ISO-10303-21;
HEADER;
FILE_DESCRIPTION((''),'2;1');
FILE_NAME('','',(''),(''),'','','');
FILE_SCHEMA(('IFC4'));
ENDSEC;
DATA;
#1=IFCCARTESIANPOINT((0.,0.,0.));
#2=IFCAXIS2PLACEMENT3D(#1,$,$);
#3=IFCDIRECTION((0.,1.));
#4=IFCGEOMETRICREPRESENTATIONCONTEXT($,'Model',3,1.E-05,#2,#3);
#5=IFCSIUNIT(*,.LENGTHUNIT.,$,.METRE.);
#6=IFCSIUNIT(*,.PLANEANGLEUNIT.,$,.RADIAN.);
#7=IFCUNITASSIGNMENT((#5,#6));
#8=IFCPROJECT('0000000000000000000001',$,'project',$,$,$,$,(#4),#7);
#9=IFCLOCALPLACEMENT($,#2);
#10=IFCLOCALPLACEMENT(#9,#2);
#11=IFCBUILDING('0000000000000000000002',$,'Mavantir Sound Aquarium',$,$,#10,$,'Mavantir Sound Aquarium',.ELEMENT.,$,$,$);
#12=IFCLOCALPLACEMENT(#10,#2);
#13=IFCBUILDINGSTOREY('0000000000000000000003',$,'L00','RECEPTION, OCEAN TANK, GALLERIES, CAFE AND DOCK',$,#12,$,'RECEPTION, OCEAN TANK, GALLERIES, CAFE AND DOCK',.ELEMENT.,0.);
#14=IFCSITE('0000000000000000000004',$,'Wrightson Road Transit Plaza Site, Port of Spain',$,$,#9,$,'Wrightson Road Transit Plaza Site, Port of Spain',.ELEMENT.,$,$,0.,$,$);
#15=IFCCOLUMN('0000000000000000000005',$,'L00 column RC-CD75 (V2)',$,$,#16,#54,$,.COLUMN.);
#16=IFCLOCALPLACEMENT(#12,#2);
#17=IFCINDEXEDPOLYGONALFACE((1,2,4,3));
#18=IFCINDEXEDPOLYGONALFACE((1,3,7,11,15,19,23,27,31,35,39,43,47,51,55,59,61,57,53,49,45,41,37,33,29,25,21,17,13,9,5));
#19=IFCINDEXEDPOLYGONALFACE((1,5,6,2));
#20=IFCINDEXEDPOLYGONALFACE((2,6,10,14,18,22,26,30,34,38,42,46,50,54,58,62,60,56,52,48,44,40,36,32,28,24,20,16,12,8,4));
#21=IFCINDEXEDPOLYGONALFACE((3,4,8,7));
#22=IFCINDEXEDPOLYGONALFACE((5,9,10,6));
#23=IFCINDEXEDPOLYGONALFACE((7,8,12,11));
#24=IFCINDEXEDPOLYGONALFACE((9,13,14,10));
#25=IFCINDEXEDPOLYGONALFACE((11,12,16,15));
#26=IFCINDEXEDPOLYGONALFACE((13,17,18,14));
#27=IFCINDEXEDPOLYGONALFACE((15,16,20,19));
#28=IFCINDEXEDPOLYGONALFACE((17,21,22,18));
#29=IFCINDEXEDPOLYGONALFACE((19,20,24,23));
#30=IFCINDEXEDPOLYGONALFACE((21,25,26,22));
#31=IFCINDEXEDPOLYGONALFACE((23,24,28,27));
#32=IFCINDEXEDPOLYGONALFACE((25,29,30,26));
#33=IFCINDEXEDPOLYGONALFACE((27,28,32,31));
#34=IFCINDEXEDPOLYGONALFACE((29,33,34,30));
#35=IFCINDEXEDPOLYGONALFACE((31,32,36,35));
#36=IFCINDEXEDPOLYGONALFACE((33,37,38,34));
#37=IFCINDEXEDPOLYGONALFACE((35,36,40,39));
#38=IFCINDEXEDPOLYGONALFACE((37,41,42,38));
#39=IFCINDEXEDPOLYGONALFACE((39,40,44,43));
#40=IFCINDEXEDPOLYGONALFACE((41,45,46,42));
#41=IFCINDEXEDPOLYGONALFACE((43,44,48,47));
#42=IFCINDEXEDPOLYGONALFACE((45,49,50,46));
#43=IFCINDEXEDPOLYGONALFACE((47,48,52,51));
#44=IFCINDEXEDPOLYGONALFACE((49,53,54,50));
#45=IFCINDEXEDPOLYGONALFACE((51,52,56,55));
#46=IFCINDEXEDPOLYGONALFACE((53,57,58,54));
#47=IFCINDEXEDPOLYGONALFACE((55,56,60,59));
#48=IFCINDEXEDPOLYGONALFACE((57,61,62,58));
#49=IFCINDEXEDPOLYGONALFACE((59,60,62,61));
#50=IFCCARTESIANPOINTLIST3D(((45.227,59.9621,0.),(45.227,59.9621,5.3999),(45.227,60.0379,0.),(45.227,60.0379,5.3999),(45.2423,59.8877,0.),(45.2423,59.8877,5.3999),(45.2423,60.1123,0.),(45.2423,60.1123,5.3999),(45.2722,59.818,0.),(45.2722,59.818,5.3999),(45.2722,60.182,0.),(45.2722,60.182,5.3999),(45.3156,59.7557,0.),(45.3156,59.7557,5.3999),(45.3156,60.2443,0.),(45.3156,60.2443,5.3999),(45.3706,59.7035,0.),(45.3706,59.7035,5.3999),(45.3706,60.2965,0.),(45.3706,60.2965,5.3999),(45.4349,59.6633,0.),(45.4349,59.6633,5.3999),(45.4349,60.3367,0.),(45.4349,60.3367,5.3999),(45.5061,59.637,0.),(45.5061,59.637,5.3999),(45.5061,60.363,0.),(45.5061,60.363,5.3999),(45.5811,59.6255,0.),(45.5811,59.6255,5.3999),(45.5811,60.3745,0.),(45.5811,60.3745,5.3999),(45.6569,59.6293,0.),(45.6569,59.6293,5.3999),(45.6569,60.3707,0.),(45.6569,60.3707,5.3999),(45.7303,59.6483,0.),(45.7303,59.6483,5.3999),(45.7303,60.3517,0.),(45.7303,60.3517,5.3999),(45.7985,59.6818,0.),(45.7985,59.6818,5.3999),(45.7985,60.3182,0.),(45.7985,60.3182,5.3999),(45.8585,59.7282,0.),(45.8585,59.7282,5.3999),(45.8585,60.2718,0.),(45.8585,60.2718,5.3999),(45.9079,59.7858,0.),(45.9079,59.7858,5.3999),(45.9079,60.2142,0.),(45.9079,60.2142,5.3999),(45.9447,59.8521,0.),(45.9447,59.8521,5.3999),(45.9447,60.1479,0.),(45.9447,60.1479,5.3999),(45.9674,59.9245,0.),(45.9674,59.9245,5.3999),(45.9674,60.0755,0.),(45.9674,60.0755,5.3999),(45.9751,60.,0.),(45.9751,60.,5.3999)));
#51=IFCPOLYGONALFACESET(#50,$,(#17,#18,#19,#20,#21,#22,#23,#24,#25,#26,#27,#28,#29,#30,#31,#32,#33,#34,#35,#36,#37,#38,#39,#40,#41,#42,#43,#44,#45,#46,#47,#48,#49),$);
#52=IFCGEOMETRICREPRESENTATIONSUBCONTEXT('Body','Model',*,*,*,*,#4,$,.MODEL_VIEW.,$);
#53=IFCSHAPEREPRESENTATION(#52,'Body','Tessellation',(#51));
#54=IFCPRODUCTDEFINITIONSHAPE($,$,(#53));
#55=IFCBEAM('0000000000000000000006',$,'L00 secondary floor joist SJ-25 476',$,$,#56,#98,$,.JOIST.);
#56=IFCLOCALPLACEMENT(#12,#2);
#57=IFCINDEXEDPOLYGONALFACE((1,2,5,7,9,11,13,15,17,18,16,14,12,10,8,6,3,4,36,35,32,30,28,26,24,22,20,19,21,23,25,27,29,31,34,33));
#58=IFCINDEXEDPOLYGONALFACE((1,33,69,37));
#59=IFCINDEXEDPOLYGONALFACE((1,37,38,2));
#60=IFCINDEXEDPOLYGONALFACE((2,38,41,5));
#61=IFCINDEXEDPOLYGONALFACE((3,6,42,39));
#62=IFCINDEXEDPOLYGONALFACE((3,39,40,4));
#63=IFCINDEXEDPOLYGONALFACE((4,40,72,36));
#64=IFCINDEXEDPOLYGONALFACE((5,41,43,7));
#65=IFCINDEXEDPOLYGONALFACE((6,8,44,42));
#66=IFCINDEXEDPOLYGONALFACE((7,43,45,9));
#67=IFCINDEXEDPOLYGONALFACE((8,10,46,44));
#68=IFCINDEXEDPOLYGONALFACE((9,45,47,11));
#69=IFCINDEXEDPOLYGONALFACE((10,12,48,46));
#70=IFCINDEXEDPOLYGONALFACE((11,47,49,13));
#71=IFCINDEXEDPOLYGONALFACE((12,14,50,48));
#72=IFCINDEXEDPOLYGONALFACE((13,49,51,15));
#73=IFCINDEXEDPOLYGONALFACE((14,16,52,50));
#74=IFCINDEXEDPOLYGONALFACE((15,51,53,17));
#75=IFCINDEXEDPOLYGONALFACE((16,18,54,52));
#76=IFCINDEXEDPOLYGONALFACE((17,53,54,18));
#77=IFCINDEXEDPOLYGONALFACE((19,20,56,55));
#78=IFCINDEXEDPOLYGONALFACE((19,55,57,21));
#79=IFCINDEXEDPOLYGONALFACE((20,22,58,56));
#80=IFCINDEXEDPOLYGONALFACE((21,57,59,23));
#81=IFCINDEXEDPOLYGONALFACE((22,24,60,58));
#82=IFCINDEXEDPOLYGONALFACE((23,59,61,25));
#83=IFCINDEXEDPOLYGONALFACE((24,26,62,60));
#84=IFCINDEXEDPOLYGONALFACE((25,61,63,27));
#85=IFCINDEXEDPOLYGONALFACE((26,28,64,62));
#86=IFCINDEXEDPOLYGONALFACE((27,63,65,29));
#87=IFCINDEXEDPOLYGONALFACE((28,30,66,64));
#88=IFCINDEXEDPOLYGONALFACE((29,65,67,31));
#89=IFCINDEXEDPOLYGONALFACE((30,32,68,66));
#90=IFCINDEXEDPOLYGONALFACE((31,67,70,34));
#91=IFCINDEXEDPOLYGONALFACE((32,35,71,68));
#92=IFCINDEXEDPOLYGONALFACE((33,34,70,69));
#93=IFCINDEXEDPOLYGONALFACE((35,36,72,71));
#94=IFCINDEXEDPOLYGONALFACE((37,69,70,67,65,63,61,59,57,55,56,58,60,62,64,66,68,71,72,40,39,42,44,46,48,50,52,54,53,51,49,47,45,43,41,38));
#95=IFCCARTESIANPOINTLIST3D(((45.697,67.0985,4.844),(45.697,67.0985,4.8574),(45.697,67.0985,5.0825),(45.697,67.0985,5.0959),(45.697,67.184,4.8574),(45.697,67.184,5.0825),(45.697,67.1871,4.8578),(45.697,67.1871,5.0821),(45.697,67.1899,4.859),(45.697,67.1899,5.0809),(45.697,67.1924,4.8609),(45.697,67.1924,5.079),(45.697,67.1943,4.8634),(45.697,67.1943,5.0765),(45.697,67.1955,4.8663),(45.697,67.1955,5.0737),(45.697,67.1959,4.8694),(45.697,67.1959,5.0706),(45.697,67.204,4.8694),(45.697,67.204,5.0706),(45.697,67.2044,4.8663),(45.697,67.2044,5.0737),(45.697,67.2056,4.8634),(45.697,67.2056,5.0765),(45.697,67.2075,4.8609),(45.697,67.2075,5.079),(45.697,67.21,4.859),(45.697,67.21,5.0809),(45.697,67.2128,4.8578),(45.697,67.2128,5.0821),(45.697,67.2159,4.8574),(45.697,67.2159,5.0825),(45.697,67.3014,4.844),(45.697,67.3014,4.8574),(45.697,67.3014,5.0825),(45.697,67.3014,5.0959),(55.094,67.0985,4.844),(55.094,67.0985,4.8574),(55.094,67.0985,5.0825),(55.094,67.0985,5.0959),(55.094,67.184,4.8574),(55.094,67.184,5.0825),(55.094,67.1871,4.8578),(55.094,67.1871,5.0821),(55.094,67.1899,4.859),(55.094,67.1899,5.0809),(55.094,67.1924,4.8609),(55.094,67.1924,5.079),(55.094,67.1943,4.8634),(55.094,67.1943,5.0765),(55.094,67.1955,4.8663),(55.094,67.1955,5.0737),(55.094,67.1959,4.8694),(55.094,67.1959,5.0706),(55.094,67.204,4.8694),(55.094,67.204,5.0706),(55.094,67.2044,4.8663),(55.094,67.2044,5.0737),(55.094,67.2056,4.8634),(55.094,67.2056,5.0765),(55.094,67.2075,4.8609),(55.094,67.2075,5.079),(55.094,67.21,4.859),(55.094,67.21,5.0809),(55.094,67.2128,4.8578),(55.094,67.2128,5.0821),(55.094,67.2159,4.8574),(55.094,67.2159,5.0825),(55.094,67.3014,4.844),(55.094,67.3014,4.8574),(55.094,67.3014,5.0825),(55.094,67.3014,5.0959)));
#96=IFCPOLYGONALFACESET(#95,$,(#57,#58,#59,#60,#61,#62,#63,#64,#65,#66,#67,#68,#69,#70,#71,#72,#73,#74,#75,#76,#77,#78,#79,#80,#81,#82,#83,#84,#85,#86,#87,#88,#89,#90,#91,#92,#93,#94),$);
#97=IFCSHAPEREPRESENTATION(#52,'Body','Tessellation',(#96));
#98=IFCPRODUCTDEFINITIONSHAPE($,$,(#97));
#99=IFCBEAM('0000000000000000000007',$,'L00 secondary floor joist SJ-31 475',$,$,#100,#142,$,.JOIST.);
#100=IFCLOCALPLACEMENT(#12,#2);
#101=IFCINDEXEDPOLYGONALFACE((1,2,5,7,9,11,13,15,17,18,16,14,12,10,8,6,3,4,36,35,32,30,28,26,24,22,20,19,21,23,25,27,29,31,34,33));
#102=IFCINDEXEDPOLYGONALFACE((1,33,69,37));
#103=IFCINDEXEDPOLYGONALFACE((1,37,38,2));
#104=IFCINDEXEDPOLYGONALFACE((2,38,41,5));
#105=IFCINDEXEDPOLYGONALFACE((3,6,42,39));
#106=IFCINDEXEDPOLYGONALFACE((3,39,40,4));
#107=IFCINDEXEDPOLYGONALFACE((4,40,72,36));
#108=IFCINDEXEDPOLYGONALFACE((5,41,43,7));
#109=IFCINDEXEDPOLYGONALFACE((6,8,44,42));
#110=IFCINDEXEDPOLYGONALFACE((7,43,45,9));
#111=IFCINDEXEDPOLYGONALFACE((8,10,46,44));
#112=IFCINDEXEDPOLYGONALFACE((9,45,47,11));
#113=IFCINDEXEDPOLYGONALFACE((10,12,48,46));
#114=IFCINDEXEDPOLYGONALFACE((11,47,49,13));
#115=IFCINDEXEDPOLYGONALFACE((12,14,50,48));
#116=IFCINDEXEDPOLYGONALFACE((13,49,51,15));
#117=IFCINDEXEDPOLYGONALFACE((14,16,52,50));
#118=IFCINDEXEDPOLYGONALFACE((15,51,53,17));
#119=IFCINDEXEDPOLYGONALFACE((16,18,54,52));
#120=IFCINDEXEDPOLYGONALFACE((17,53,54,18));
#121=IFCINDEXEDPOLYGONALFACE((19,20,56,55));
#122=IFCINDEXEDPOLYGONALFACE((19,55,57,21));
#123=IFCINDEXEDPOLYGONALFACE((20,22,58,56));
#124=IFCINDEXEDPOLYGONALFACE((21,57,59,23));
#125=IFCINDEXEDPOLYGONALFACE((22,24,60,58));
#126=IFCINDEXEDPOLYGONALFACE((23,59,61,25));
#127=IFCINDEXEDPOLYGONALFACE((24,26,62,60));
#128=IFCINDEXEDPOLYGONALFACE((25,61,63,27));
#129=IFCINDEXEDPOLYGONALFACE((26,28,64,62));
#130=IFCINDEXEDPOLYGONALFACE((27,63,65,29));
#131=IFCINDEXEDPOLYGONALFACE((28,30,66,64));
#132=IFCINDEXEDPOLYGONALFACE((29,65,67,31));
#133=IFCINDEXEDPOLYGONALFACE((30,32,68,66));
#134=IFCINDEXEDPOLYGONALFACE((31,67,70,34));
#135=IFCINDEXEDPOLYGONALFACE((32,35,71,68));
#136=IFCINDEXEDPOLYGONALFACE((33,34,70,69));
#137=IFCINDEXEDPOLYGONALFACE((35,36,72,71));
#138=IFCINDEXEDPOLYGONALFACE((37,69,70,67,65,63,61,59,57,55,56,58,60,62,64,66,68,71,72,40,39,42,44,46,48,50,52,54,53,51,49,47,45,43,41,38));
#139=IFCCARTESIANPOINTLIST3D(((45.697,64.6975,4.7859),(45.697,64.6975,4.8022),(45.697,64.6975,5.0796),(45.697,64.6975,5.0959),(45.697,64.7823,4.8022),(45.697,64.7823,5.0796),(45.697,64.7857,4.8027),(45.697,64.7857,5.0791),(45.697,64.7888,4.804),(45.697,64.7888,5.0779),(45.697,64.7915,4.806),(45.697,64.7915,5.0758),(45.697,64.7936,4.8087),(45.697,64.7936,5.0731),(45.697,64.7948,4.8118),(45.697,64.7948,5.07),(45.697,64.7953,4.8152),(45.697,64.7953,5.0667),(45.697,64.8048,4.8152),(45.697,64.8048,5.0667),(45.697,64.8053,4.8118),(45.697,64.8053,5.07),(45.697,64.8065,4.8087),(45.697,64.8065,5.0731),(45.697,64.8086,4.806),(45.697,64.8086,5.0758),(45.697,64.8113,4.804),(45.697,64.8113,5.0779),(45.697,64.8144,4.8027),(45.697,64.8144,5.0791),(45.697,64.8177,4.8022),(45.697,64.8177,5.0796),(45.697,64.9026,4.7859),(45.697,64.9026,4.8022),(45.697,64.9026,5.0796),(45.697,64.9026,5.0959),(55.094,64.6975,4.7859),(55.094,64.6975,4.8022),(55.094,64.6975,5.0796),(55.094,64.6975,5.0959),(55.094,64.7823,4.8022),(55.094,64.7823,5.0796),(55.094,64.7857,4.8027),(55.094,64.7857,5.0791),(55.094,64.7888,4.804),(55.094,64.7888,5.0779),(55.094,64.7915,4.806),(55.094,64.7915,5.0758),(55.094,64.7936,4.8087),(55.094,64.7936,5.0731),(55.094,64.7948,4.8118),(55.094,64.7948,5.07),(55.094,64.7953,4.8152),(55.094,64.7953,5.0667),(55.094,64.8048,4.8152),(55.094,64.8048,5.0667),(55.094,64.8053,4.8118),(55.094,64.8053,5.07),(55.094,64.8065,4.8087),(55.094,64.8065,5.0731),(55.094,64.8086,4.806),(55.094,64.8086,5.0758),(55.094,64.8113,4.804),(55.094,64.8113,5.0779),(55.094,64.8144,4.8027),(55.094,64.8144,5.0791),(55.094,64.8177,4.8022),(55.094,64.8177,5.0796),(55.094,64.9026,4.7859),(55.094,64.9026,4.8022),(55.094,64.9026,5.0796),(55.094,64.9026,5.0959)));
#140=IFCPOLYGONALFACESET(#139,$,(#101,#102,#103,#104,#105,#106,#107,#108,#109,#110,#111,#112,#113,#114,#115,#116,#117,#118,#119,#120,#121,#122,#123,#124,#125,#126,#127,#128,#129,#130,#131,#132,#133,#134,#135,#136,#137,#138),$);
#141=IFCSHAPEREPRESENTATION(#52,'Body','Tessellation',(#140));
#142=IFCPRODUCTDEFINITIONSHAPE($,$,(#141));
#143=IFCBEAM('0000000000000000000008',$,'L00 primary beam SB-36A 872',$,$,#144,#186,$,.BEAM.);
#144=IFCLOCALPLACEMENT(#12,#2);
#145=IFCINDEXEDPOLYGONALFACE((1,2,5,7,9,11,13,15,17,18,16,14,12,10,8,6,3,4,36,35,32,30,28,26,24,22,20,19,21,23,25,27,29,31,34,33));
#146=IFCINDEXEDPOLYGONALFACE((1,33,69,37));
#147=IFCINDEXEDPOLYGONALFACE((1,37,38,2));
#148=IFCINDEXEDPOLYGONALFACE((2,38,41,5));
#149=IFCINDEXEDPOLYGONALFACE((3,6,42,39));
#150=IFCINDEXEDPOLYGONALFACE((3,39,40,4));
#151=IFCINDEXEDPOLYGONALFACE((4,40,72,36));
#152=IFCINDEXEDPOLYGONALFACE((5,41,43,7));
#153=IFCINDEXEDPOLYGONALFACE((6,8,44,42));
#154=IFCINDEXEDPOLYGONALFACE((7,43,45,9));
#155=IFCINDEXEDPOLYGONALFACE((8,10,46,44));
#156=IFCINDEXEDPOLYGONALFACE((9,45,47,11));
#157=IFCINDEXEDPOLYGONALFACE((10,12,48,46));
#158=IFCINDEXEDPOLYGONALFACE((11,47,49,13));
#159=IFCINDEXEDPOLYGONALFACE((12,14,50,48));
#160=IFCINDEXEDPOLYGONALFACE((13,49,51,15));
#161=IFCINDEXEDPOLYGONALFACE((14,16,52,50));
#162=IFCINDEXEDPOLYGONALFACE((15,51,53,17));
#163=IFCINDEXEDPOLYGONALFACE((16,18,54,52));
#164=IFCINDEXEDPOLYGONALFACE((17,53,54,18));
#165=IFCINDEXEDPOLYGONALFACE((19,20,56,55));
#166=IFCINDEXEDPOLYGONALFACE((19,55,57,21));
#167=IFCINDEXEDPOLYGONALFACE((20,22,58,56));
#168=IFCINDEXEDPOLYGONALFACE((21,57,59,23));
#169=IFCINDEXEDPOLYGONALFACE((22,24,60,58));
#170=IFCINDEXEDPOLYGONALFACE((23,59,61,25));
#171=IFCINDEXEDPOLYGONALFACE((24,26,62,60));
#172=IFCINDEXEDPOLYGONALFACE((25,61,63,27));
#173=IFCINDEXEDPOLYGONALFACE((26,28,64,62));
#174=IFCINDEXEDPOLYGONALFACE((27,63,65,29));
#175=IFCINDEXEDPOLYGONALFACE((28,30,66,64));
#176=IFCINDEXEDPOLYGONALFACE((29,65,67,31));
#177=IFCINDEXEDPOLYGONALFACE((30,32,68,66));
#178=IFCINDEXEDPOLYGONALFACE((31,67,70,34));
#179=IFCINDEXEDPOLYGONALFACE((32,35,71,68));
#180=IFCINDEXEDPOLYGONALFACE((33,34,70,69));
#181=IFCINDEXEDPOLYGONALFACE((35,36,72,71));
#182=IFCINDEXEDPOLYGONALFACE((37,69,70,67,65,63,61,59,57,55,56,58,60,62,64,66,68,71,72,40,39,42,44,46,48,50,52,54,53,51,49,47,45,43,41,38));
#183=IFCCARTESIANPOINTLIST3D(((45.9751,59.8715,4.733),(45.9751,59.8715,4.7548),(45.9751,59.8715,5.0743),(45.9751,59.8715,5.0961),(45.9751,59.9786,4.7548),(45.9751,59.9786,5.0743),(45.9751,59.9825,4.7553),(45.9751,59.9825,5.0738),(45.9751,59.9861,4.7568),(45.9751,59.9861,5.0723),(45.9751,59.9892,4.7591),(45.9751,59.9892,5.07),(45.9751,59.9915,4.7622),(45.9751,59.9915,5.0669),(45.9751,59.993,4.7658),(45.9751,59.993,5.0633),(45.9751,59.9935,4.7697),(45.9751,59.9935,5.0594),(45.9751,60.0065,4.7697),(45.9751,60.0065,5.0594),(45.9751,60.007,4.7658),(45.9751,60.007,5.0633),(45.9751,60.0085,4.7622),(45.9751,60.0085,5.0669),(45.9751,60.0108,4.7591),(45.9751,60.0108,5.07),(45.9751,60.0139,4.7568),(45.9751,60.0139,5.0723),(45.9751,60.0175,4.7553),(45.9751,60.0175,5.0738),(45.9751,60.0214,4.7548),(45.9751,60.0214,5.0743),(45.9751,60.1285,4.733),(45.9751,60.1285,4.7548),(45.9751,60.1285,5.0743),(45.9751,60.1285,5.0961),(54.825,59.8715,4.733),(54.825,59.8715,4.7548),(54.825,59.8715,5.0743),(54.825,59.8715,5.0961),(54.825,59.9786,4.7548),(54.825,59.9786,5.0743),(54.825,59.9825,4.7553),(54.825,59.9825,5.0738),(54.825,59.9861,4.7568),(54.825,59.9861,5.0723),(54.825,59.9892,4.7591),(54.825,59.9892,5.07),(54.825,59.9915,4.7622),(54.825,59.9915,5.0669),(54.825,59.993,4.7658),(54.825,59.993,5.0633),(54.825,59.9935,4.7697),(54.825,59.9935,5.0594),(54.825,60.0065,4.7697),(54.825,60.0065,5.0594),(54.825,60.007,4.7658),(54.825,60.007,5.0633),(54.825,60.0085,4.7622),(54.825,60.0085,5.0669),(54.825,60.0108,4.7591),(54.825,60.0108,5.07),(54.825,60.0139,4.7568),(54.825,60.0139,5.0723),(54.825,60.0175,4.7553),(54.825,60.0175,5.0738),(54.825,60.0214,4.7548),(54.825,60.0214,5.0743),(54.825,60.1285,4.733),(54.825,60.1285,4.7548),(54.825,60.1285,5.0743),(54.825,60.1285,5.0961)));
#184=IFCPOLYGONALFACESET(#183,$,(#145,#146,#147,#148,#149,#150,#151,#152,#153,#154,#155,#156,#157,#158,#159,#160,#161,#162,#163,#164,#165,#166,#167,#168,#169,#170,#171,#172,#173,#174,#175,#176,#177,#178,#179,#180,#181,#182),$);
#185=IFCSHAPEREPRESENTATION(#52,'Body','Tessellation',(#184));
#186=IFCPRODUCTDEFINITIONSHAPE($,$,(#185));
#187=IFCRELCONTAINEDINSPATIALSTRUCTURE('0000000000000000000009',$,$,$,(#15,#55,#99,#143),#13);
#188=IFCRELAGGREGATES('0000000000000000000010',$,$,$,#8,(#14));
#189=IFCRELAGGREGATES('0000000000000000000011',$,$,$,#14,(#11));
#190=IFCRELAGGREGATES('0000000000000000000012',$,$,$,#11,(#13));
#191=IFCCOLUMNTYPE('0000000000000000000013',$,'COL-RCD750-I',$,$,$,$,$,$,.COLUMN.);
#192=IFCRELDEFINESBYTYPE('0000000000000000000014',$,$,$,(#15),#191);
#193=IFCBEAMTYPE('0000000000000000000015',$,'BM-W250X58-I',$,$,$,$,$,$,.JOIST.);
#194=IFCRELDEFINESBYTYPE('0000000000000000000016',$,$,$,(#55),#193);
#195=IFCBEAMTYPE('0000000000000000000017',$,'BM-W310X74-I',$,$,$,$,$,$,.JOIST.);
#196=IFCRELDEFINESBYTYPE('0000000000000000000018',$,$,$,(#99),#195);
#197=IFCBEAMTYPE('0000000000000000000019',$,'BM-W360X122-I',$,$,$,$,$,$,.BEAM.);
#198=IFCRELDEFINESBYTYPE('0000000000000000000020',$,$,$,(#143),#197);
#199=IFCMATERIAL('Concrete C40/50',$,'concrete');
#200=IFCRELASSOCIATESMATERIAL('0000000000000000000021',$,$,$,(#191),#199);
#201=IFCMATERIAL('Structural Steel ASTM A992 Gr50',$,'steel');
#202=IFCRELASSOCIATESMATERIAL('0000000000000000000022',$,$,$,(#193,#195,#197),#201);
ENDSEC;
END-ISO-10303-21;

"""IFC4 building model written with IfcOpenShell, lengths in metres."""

from ifc_helpers import new_model, si_unit, direction, frame, origin, origin_2d, place, context, subcontext, project, spatial, circle, i_section, extrude, material, material_profile, profile_set, type_object, element, save


model = new_model("IFC4")

# Units and contexts
model_context = context("Model", 3, precision=1e-05, world=origin(), true_north=direction((0.0, 1.0)))
body_context = subcontext(model_context, "Body", "Model", "MODEL_VIEW")
ifc_project = project(units=[si_unit("LENGTHUNIT", "METRE"), si_unit("PLANEANGLEUNIT", "RADIAN")], contexts=[model_context])

# Site, building, storey
site_placement = place(None, origin())
site = spatial("IfcSite", under=ifc_project, at=site_placement, Name="Wrightson Road Transit Plaza Site, Port of Spain", LongName="Wrightson Road Transit Plaza Site, Port of Spain", CompositionType="ELEMENT", RefElevation=0.0)
building_placement = place(site_placement, origin())
building = spatial("IfcBuilding", under=site, at=building_placement, Name="Mavantir Sound Aquarium", LongName="Mavantir Sound Aquarium", CompositionType="ELEMENT")
storey_placement = place(building_placement, origin())
storey = spatial("IfcBuildingStorey", under=building, at=storey_placement, Name="L00", Description="RECEPTION, OCEAN TANK, GALLERIES, CAFE AND DOCK", LongName="RECEPTION, OCEAN TANK, GALLERIES, CAFE AND DOCK", CompositionType="ELEMENT", Elevation=0.0)

# Column
ifc_material_1 = material(Name="Concrete C40/50", Category="concrete")
ifc_material_profile_1 = material_profile(ifc_material_1, circle(Radius=0.375, at=origin_2d()), Name="RC D750")
ifc_profile_set_1 = profile_set([ifc_material_profile_1], Name="Concrete C40/50")
column_type = type_object("IfcColumnType", Name="COL-RCD750-I", PredefinedType="COLUMN", material=ifc_profile_set_1)
column_placement = place(storey_placement, frame((45.6001, 60.0, 0.0), z_axis=(0.0, 0.0, 1.0), x_axis=(1.0, 0.0, 0.0)))
element("IfcColumn", 1, at=column_placement, inside=storey, type_object=column_type, Name="L00 column RC-CD75 (V2)", PredefinedType="COLUMN", context=body_context, shape_type="SweptSolid", body=[
    extrude(circle(Radius=0.375, at=origin_2d()), origin(), (0.0, 0.0, 1.0), 5.3999),
])

# Beams
ifc_material_2 = material(Name="Structural Steel ASTM A992 Gr50", Category="steel")
ifc_material_profile_2 = material_profile(ifc_material_2, i_section(OverallWidth=0.2029, OverallDepth=0.252, WebThickness=0.0081, FlangeThickness=0.0134, FilletRadius=0.012, at=origin_2d()), Name="W250X58")
ifc_profile_set_2 = profile_set([ifc_material_profile_2], Name="Structural Steel ASTM A992 Gr50")
beam_type_1 = type_object("IfcBeamType", Name="BM-W250X58-I", PredefinedType="JOIST", material=ifc_profile_set_2)
beam_1_placement = place(storey_placement, frame((45.697, 67.2, 4.97), z_axis=(1.0, 0.0, 0.0), x_axis=(0.0, 1.0, 0.0)))
element("IfcBeam", 2, at=beam_1_placement, inside=storey, type_object=beam_type_1, Name="L00 secondary floor joist SJ-25 476", PredefinedType="JOIST", context=body_context, shape_type="SweptSolid", body=[
    extrude(i_section(OverallWidth=0.2029, OverallDepth=0.252, WebThickness=0.0081, FlangeThickness=0.0134, FilletRadius=0.012, at=origin_2d()), origin(), (0.0, 0.0, 1.0), 9.397),
])
ifc_material_profile_3 = material_profile(ifc_material_2, i_section(OverallWidth=0.2051, OverallDepth=0.3101, WebThickness=0.0095, FlangeThickness=0.0164, FilletRadius=0.0129, at=origin_2d()), Name="W310X74")
ifc_profile_set_3 = profile_set([ifc_material_profile_3], Name="Structural Steel ASTM A992 Gr50")
beam_type_2 = type_object("IfcBeamType", Name="BM-W310X74-I", PredefinedType="JOIST", material=ifc_profile_set_3)
beam_2_placement = place(storey_placement, frame((45.697, 64.8, 4.9409), z_axis=(1.0, 0.0, 0.0), x_axis=(0.0, 1.0, 0.0)))
element("IfcBeam", 3, at=beam_2_placement, inside=storey, type_object=beam_type_2, Name="L00 secondary floor joist SJ-31 475", PredefinedType="JOIST", context=body_context, shape_type="SweptSolid", body=[
    extrude(i_section(OverallWidth=0.2051, OverallDepth=0.3101, WebThickness=0.0095, FlangeThickness=0.0164, FilletRadius=0.0129, at=origin_2d()), origin(), (0.0, 0.0, 1.0), 9.397),
])
ifc_material_profile_4 = material_profile(ifc_material_2, i_section(OverallWidth=0.2571, OverallDepth=0.363, WebThickness=0.0129, FlangeThickness=0.0217, FilletRadius=0.0149, at=origin_2d()), Name="W360X122")
ifc_profile_set_4 = profile_set([ifc_material_profile_4], Name="Structural Steel ASTM A992 Gr50")
beam_type_3 = type_object("IfcBeamType", Name="BM-W360X122-I", PredefinedType="BEAM", material=ifc_profile_set_4)
beam_3_placement = place(storey_placement, frame((45.9751, 60.0, 4.9146), z_axis=(1.0, 0.0, 0.0), x_axis=(0.0, 1.0, 0.0)))
element("IfcBeam", 4, at=beam_3_placement, inside=storey, type_object=beam_type_3, Name="L00 primary beam SB-36A 872", PredefinedType="BEAM", context=body_context, shape_type="SweptSolid", body=[
    extrude(i_section(OverallWidth=0.2571, OverallDepth=0.363, WebThickness=0.0129, FlangeThickness=0.0217, FilletRadius=0.0149, at=origin_2d()), origin(), (0.0, 0.0, 1.0), 8.8499),
])

save(model, "model.ifc")
